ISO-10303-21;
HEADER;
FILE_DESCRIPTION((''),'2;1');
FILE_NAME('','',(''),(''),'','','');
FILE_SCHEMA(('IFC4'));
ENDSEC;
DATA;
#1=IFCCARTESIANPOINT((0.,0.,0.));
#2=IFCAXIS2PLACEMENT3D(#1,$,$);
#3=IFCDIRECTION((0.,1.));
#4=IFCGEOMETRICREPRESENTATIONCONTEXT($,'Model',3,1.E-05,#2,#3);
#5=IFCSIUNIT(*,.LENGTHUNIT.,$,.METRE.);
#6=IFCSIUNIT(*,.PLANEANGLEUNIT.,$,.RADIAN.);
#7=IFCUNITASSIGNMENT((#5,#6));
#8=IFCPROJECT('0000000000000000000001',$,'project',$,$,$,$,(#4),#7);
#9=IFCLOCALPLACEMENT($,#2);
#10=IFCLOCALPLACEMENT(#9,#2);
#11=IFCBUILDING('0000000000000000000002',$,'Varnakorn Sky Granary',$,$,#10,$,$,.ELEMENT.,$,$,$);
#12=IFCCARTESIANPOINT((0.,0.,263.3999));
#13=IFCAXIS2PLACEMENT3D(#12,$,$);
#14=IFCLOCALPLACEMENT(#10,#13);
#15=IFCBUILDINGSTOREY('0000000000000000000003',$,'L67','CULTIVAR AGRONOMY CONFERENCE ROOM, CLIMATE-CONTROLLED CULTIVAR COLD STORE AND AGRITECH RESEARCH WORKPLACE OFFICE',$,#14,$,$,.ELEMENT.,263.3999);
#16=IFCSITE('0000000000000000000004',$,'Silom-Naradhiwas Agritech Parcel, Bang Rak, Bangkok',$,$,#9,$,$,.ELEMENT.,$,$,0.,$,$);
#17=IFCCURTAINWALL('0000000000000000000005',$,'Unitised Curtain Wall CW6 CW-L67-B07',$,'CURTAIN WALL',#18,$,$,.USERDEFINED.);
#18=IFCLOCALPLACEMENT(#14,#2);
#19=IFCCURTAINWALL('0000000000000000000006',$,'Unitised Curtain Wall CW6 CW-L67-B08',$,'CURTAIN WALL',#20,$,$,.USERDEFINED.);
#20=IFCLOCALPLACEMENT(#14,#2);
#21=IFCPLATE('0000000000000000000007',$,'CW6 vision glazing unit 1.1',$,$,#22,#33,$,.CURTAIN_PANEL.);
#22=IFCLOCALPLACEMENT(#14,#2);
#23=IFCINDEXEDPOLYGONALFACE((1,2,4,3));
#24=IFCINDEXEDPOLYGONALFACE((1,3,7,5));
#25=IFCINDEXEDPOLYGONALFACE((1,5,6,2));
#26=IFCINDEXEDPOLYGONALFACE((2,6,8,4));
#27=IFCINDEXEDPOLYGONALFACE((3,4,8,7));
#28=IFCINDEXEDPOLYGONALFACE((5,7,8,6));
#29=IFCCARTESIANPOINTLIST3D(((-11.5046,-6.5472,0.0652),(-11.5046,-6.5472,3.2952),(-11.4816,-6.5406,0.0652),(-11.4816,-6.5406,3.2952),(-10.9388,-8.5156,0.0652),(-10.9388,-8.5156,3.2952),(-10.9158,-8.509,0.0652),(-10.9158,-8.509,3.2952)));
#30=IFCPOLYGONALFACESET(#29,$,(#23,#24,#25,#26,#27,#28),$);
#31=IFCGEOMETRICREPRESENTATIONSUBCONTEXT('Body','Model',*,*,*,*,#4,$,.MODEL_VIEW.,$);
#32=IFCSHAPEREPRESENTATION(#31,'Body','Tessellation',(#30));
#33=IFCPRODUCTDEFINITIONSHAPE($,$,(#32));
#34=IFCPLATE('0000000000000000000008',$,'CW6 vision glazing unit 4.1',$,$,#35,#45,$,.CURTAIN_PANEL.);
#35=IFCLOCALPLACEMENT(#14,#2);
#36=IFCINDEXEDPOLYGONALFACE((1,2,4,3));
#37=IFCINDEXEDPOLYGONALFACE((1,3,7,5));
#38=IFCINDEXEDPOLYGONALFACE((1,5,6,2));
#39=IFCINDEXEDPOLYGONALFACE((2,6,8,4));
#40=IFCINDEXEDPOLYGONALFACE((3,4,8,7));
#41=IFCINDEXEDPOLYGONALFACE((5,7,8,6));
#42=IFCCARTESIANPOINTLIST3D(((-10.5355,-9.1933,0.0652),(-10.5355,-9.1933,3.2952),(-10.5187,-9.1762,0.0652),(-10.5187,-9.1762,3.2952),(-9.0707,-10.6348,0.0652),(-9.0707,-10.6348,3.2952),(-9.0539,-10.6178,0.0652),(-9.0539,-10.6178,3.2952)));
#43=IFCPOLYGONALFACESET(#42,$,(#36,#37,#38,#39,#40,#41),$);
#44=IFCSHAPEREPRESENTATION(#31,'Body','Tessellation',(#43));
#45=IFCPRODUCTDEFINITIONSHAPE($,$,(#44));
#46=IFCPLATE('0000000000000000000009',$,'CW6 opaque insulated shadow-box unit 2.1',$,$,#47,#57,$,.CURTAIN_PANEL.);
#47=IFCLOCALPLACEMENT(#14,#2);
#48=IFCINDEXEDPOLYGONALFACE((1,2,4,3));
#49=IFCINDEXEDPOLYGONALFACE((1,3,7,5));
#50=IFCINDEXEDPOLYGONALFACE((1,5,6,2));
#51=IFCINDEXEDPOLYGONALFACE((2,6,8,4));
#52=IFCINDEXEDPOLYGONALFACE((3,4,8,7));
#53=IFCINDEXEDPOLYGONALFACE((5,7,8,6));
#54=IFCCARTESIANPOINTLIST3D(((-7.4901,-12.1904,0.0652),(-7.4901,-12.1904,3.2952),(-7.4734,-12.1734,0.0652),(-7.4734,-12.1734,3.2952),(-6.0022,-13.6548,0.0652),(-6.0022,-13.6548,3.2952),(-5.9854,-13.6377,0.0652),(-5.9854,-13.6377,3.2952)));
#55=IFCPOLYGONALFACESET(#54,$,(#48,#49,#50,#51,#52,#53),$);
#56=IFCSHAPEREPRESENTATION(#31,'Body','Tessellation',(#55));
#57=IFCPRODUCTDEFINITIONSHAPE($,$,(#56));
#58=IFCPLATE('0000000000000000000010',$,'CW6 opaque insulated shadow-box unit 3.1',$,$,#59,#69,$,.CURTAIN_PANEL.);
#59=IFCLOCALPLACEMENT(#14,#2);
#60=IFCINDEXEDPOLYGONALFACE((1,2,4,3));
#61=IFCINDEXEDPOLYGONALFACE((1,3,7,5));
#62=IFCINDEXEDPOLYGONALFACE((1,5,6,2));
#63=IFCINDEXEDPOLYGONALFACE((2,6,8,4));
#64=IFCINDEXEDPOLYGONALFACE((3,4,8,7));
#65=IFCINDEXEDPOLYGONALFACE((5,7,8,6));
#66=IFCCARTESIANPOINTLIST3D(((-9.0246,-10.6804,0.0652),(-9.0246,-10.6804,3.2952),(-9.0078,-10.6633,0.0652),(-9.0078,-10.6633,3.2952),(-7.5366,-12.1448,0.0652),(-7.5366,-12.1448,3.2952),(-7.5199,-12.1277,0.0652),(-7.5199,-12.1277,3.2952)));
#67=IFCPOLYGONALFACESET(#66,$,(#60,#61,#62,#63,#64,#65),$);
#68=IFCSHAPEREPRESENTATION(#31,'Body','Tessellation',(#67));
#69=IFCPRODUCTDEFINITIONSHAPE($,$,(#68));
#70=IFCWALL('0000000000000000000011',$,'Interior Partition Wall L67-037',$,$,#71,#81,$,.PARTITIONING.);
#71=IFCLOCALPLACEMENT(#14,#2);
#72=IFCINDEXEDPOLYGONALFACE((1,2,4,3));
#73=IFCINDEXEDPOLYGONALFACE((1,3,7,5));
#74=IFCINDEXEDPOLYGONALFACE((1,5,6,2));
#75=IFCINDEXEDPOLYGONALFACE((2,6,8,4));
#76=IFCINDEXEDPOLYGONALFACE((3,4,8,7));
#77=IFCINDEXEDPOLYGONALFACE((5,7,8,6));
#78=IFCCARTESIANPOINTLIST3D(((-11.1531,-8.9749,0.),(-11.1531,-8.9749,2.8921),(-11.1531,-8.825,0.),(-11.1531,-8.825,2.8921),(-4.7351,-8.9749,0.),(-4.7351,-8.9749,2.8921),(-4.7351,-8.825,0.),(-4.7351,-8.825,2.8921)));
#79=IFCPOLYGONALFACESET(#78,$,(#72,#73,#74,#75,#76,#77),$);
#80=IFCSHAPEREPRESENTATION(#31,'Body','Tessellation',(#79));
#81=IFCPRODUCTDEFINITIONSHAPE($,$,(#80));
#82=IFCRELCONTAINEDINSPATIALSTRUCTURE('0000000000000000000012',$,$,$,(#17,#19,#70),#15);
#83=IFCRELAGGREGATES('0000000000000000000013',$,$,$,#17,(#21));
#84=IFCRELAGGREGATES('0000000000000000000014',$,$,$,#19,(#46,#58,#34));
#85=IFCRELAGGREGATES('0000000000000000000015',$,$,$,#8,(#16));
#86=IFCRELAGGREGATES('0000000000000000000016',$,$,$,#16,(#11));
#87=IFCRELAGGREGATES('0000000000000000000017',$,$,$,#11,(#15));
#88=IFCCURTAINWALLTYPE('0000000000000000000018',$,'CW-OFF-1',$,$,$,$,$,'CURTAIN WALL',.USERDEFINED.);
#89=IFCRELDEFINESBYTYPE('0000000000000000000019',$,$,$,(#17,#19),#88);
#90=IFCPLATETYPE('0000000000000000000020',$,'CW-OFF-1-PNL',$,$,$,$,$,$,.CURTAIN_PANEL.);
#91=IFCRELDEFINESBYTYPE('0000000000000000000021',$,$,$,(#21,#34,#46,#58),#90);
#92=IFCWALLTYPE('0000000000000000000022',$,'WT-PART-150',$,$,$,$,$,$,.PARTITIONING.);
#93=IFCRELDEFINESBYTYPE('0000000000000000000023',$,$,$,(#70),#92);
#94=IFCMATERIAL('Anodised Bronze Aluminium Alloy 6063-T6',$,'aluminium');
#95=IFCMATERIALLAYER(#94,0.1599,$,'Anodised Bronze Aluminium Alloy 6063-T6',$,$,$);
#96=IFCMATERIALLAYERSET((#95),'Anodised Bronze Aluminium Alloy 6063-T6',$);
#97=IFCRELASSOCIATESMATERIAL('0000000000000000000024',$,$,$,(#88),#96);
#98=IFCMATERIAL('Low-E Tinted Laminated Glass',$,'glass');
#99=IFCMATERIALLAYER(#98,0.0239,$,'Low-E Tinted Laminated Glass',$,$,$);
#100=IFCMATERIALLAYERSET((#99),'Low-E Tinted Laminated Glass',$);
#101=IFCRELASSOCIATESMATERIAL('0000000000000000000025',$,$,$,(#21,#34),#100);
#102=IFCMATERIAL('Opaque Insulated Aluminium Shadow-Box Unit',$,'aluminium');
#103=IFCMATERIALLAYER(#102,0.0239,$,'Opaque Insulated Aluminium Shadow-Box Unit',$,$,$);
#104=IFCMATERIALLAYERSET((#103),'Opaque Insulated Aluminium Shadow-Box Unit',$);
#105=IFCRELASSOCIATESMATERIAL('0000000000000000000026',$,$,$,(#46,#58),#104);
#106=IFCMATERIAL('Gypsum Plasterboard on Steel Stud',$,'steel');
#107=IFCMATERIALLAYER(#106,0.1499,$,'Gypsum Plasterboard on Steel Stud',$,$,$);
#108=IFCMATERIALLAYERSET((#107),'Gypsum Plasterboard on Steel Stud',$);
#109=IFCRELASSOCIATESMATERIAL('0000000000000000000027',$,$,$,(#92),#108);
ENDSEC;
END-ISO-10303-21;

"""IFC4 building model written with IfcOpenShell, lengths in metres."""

from ifc_helpers import new_model, si_unit, direction, frame, frame_2d, origin, origin_2d, place, context, subcontext, project, spatial, rectangle, extrude, source, transform, mapped, material, layer, layer_set, type_object, type_shapes, element, aggregate, save


model = new_model("IFC4")

# Units and contexts
model_context = context("Model", 3, precision=1e-05, world=origin(), true_north=direction((0.0, 1.0)))
body_context = subcontext(model_context, "Body", "Model", "MODEL_VIEW")
ifc_project = project(units=[si_unit("LENGTHUNIT", "METRE"), si_unit("PLANEANGLEUNIT", "RADIAN")], contexts=[model_context])

# Site, building, storey
site_placement = place(None, origin())
site = spatial("IfcSite", under=ifc_project, at=site_placement, Name="Silom-Naradhiwas Agritech Parcel, Bang Rak, Bangkok", CompositionType="ELEMENT", RefElevation=0.0)
building_placement = place(site_placement, origin())
building = spatial("IfcBuilding", under=site, at=building_placement, Name="Varnakorn Sky Granary", CompositionType="ELEMENT")
storey_placement = place(building_placement, frame((0.0, 0.0, 263.3999)))
storey = spatial("IfcBuildingStorey", under=building, at=storey_placement, Name="L67", Description="CULTIVAR AGRONOMY CONFERENCE ROOM, CLIMATE-CONTROLLED CULTIVAR COLD STORE AND AGRITECH RESEARCH WORKPLACE OFFICE", CompositionType="ELEMENT", Elevation=263.3999)

# Curtain wall
ifc_material_1 = material(Name="Anodised Bronze Aluminium Alloy 6063-T6", Category="aluminium")
ifc_layer_1 = layer(ifc_material_1, 0.1599, Name="Anodised Bronze Aluminium Alloy 6063-T6")
ifc_layer_set_1 = layer_set([ifc_layer_1], Name="Anodised Bronze Aluminium Alloy 6063-T6")
curtain_wall_type = type_object("IfcCurtainWallType", Name="CW-OFF-1", ElementType="CURTAIN WALL", PredefinedType="USERDEFINED", material=ifc_layer_set_1)
curtain_wall_1_placement = place(storey_placement, origin())
curtain_wall_1 = element("IfcCurtainWall", 1, at=curtain_wall_1_placement, inside=storey, type_object=curtain_wall_type, Name="Unitised Curtain Wall CW6 CW-L67-B07", ObjectType="CURTAIN WALL", PredefinedType="USERDEFINED")

# Curtain wall
curtain_wall_2_placement = place(storey_placement, origin())
curtain_wall_2 = element("IfcCurtainWall", 2, at=curtain_wall_2_placement, inside=storey, type_object=curtain_wall_type, Name="Unitised Curtain Wall CW6 CW-L67-B08", ObjectType="CURTAIN WALL", PredefinedType="USERDEFINED")

# Plates
ifc_material_2 = material(Name="Low-E Tinted Laminated Glass", Category="glass")
ifc_layer_2 = layer(ifc_material_2, 0.0239, Name="Low-E Tinted Laminated Glass")
ifc_layer_set_2 = layer_set([ifc_layer_2], Name="Low-E Tinted Laminated Glass")
plate_type = type_object("IfcPlateType", Name="CW-OFF-1-PNL", PredefinedType="CURTAIN_PANEL")
shared_shape_1 = source(origin(), body_context, "Body", "SweptSolid", [
    extrude(rectangle(XDim=2.0481, YDim=0.0239, at=origin_2d()), origin(), (0.0, 0.0, 1.0), 3.23),
])
plate_1_placement = place(storey_placement, frame((-11.2102, -7.5281, 0.0652), z_axis=(0.0, 0.0, 1.0), x_axis=(-0.276252, 0.961085, 0.0)))
plate_1 = element("IfcPlate", 3, at=plate_1_placement, type_object=plate_type, material=ifc_layer_set_2, Name="CW6 vision glazing unit 1.1", PredefinedType="CURTAIN_PANEL", context=body_context, shape_type="MappedRepresentation", body=[
    mapped(shared_shape_1, transform((0.0, 0.0, 0.0), x_axis=(1.0, 0.0, 0.0), y_axis=(0.0, 1.0, 0.0), z_axis=(0.0, 0.0, 1.0), scale=1.0)),
])
aggregate(curtain_wall_1, [plate_1])
shared_shape_2 = source(origin(), body_context, "Body", "SweptSolid", [
    extrude(rectangle(XDim=2.0552, YDim=0.0239, at=origin_2d()), origin(), (0.0, 0.0, 1.0), 3.23),
])
plate_2_placement = place(storey_placement, frame((-9.7947, -9.9055, 0.0652), z_axis=(0.0, 0.0, 1.0), x_axis=(-0.712728, 0.70144, 0.0)))
plate_2 = element("IfcPlate", 4, at=plate_2_placement, type_object=plate_type, material=ifc_layer_set_2, Name="CW6 vision glazing unit 4.1", PredefinedType="CURTAIN_PANEL", context=body_context, shape_type="MappedRepresentation", body=[
    mapped(shared_shape_2, transform((0.0, 0.0, 0.0), x_axis=(1.0, 0.0, 0.0), y_axis=(0.0, 1.0, 0.0), z_axis=(0.0, 0.0, 1.0), scale=1.0)),
])
ifc_material_3 = material(Name="Opaque Insulated Aluminium Shadow-Box Unit", Category="aluminium")
ifc_layer_3 = layer(ifc_material_3, 0.0239, Name="Opaque Insulated Aluminium Shadow-Box Unit")
ifc_layer_set_3 = layer_set([ifc_layer_3], Name="Opaque Insulated Aluminium Shadow-Box Unit")
shared_shape_3 = source(origin(), body_context, "Body", "SweptSolid", [
    extrude(rectangle(XDim=2.0876, YDim=0.0239, at=origin_2d()), origin(), (0.0, 0.0, 1.0), 3.23),
])
type_shapes(plate_type, [shared_shape_1, shared_shape_2, shared_shape_3])
plate_3_placement = place(storey_placement, frame((-6.7378, -12.9141, 0.0652), z_axis=(0.0, 0.0, 1.0), x_axis=(-0.712728, 0.70144, 0.0)))
plate_3 = element("IfcPlate", 5, at=plate_3_placement, type_object=plate_type, material=ifc_layer_set_3, Name="CW6 opaque insulated shadow-box unit 2.1", PredefinedType="CURTAIN_PANEL", context=body_context, shape_type="MappedRepresentation", body=[
    mapped(shared_shape_3, transform((0.0, 0.0, 0.0), x_axis=(1.0, 0.0, 0.0), y_axis=(0.0, 1.0, 0.0), z_axis=(0.0, 0.0, 1.0), scale=1.0)),
])
plate_4_placement = place(storey_placement, frame((-8.2722, -11.4041, 0.0652), z_axis=(0.0, 0.0, 1.0), x_axis=(-0.712728, 0.70144, 0.0)))
plate_4 = element("IfcPlate", 6, at=plate_4_placement, type_object=plate_type, material=ifc_layer_set_3, Name="CW6 opaque insulated shadow-box unit 3.1", PredefinedType="CURTAIN_PANEL", context=body_context, shape_type="MappedRepresentation", body=[
    mapped(shared_shape_3, transform((0.0, 0.0, 0.0), x_axis=(1.0, 0.0, 0.0), y_axis=(0.0, 1.0, 0.0), z_axis=(0.0, 0.0, 1.0), scale=1.0)),
])
aggregate(curtain_wall_2, [plate_3, plate_4, plate_2])

# Wall
ifc_material_4 = material(Name="Gypsum Plasterboard on Steel Stud", Category="steel")
ifc_layer_4 = layer(ifc_material_4, 0.1499, Name="Gypsum Plasterboard on Steel Stud")
ifc_layer_set_4 = layer_set([ifc_layer_4], Name="Gypsum Plasterboard on Steel Stud")
wall_type = type_object("IfcWallType", Name="WT-PART-150", PredefinedType="PARTITIONING", material=ifc_layer_set_4)
wall_placement = place(storey_placement, frame((-11.1531, -8.8999, 0.0), z_axis=(0.0, 0.0, 1.0), x_axis=(1.0, 0.0, 0.0)))
element("IfcWall", 7, at=wall_placement, inside=storey, type_object=wall_type, Name="Interior Partition Wall L67-037", PredefinedType="PARTITIONING", context=body_context, shape_type="SweptSolid", body=[
    extrude(rectangle(XDim=6.418, YDim=0.1499, at=frame_2d((3.209, 0.0))), origin(), (0.0, 0.0, 1.0), 2.8921),
])

save(model, "model.ifc")
